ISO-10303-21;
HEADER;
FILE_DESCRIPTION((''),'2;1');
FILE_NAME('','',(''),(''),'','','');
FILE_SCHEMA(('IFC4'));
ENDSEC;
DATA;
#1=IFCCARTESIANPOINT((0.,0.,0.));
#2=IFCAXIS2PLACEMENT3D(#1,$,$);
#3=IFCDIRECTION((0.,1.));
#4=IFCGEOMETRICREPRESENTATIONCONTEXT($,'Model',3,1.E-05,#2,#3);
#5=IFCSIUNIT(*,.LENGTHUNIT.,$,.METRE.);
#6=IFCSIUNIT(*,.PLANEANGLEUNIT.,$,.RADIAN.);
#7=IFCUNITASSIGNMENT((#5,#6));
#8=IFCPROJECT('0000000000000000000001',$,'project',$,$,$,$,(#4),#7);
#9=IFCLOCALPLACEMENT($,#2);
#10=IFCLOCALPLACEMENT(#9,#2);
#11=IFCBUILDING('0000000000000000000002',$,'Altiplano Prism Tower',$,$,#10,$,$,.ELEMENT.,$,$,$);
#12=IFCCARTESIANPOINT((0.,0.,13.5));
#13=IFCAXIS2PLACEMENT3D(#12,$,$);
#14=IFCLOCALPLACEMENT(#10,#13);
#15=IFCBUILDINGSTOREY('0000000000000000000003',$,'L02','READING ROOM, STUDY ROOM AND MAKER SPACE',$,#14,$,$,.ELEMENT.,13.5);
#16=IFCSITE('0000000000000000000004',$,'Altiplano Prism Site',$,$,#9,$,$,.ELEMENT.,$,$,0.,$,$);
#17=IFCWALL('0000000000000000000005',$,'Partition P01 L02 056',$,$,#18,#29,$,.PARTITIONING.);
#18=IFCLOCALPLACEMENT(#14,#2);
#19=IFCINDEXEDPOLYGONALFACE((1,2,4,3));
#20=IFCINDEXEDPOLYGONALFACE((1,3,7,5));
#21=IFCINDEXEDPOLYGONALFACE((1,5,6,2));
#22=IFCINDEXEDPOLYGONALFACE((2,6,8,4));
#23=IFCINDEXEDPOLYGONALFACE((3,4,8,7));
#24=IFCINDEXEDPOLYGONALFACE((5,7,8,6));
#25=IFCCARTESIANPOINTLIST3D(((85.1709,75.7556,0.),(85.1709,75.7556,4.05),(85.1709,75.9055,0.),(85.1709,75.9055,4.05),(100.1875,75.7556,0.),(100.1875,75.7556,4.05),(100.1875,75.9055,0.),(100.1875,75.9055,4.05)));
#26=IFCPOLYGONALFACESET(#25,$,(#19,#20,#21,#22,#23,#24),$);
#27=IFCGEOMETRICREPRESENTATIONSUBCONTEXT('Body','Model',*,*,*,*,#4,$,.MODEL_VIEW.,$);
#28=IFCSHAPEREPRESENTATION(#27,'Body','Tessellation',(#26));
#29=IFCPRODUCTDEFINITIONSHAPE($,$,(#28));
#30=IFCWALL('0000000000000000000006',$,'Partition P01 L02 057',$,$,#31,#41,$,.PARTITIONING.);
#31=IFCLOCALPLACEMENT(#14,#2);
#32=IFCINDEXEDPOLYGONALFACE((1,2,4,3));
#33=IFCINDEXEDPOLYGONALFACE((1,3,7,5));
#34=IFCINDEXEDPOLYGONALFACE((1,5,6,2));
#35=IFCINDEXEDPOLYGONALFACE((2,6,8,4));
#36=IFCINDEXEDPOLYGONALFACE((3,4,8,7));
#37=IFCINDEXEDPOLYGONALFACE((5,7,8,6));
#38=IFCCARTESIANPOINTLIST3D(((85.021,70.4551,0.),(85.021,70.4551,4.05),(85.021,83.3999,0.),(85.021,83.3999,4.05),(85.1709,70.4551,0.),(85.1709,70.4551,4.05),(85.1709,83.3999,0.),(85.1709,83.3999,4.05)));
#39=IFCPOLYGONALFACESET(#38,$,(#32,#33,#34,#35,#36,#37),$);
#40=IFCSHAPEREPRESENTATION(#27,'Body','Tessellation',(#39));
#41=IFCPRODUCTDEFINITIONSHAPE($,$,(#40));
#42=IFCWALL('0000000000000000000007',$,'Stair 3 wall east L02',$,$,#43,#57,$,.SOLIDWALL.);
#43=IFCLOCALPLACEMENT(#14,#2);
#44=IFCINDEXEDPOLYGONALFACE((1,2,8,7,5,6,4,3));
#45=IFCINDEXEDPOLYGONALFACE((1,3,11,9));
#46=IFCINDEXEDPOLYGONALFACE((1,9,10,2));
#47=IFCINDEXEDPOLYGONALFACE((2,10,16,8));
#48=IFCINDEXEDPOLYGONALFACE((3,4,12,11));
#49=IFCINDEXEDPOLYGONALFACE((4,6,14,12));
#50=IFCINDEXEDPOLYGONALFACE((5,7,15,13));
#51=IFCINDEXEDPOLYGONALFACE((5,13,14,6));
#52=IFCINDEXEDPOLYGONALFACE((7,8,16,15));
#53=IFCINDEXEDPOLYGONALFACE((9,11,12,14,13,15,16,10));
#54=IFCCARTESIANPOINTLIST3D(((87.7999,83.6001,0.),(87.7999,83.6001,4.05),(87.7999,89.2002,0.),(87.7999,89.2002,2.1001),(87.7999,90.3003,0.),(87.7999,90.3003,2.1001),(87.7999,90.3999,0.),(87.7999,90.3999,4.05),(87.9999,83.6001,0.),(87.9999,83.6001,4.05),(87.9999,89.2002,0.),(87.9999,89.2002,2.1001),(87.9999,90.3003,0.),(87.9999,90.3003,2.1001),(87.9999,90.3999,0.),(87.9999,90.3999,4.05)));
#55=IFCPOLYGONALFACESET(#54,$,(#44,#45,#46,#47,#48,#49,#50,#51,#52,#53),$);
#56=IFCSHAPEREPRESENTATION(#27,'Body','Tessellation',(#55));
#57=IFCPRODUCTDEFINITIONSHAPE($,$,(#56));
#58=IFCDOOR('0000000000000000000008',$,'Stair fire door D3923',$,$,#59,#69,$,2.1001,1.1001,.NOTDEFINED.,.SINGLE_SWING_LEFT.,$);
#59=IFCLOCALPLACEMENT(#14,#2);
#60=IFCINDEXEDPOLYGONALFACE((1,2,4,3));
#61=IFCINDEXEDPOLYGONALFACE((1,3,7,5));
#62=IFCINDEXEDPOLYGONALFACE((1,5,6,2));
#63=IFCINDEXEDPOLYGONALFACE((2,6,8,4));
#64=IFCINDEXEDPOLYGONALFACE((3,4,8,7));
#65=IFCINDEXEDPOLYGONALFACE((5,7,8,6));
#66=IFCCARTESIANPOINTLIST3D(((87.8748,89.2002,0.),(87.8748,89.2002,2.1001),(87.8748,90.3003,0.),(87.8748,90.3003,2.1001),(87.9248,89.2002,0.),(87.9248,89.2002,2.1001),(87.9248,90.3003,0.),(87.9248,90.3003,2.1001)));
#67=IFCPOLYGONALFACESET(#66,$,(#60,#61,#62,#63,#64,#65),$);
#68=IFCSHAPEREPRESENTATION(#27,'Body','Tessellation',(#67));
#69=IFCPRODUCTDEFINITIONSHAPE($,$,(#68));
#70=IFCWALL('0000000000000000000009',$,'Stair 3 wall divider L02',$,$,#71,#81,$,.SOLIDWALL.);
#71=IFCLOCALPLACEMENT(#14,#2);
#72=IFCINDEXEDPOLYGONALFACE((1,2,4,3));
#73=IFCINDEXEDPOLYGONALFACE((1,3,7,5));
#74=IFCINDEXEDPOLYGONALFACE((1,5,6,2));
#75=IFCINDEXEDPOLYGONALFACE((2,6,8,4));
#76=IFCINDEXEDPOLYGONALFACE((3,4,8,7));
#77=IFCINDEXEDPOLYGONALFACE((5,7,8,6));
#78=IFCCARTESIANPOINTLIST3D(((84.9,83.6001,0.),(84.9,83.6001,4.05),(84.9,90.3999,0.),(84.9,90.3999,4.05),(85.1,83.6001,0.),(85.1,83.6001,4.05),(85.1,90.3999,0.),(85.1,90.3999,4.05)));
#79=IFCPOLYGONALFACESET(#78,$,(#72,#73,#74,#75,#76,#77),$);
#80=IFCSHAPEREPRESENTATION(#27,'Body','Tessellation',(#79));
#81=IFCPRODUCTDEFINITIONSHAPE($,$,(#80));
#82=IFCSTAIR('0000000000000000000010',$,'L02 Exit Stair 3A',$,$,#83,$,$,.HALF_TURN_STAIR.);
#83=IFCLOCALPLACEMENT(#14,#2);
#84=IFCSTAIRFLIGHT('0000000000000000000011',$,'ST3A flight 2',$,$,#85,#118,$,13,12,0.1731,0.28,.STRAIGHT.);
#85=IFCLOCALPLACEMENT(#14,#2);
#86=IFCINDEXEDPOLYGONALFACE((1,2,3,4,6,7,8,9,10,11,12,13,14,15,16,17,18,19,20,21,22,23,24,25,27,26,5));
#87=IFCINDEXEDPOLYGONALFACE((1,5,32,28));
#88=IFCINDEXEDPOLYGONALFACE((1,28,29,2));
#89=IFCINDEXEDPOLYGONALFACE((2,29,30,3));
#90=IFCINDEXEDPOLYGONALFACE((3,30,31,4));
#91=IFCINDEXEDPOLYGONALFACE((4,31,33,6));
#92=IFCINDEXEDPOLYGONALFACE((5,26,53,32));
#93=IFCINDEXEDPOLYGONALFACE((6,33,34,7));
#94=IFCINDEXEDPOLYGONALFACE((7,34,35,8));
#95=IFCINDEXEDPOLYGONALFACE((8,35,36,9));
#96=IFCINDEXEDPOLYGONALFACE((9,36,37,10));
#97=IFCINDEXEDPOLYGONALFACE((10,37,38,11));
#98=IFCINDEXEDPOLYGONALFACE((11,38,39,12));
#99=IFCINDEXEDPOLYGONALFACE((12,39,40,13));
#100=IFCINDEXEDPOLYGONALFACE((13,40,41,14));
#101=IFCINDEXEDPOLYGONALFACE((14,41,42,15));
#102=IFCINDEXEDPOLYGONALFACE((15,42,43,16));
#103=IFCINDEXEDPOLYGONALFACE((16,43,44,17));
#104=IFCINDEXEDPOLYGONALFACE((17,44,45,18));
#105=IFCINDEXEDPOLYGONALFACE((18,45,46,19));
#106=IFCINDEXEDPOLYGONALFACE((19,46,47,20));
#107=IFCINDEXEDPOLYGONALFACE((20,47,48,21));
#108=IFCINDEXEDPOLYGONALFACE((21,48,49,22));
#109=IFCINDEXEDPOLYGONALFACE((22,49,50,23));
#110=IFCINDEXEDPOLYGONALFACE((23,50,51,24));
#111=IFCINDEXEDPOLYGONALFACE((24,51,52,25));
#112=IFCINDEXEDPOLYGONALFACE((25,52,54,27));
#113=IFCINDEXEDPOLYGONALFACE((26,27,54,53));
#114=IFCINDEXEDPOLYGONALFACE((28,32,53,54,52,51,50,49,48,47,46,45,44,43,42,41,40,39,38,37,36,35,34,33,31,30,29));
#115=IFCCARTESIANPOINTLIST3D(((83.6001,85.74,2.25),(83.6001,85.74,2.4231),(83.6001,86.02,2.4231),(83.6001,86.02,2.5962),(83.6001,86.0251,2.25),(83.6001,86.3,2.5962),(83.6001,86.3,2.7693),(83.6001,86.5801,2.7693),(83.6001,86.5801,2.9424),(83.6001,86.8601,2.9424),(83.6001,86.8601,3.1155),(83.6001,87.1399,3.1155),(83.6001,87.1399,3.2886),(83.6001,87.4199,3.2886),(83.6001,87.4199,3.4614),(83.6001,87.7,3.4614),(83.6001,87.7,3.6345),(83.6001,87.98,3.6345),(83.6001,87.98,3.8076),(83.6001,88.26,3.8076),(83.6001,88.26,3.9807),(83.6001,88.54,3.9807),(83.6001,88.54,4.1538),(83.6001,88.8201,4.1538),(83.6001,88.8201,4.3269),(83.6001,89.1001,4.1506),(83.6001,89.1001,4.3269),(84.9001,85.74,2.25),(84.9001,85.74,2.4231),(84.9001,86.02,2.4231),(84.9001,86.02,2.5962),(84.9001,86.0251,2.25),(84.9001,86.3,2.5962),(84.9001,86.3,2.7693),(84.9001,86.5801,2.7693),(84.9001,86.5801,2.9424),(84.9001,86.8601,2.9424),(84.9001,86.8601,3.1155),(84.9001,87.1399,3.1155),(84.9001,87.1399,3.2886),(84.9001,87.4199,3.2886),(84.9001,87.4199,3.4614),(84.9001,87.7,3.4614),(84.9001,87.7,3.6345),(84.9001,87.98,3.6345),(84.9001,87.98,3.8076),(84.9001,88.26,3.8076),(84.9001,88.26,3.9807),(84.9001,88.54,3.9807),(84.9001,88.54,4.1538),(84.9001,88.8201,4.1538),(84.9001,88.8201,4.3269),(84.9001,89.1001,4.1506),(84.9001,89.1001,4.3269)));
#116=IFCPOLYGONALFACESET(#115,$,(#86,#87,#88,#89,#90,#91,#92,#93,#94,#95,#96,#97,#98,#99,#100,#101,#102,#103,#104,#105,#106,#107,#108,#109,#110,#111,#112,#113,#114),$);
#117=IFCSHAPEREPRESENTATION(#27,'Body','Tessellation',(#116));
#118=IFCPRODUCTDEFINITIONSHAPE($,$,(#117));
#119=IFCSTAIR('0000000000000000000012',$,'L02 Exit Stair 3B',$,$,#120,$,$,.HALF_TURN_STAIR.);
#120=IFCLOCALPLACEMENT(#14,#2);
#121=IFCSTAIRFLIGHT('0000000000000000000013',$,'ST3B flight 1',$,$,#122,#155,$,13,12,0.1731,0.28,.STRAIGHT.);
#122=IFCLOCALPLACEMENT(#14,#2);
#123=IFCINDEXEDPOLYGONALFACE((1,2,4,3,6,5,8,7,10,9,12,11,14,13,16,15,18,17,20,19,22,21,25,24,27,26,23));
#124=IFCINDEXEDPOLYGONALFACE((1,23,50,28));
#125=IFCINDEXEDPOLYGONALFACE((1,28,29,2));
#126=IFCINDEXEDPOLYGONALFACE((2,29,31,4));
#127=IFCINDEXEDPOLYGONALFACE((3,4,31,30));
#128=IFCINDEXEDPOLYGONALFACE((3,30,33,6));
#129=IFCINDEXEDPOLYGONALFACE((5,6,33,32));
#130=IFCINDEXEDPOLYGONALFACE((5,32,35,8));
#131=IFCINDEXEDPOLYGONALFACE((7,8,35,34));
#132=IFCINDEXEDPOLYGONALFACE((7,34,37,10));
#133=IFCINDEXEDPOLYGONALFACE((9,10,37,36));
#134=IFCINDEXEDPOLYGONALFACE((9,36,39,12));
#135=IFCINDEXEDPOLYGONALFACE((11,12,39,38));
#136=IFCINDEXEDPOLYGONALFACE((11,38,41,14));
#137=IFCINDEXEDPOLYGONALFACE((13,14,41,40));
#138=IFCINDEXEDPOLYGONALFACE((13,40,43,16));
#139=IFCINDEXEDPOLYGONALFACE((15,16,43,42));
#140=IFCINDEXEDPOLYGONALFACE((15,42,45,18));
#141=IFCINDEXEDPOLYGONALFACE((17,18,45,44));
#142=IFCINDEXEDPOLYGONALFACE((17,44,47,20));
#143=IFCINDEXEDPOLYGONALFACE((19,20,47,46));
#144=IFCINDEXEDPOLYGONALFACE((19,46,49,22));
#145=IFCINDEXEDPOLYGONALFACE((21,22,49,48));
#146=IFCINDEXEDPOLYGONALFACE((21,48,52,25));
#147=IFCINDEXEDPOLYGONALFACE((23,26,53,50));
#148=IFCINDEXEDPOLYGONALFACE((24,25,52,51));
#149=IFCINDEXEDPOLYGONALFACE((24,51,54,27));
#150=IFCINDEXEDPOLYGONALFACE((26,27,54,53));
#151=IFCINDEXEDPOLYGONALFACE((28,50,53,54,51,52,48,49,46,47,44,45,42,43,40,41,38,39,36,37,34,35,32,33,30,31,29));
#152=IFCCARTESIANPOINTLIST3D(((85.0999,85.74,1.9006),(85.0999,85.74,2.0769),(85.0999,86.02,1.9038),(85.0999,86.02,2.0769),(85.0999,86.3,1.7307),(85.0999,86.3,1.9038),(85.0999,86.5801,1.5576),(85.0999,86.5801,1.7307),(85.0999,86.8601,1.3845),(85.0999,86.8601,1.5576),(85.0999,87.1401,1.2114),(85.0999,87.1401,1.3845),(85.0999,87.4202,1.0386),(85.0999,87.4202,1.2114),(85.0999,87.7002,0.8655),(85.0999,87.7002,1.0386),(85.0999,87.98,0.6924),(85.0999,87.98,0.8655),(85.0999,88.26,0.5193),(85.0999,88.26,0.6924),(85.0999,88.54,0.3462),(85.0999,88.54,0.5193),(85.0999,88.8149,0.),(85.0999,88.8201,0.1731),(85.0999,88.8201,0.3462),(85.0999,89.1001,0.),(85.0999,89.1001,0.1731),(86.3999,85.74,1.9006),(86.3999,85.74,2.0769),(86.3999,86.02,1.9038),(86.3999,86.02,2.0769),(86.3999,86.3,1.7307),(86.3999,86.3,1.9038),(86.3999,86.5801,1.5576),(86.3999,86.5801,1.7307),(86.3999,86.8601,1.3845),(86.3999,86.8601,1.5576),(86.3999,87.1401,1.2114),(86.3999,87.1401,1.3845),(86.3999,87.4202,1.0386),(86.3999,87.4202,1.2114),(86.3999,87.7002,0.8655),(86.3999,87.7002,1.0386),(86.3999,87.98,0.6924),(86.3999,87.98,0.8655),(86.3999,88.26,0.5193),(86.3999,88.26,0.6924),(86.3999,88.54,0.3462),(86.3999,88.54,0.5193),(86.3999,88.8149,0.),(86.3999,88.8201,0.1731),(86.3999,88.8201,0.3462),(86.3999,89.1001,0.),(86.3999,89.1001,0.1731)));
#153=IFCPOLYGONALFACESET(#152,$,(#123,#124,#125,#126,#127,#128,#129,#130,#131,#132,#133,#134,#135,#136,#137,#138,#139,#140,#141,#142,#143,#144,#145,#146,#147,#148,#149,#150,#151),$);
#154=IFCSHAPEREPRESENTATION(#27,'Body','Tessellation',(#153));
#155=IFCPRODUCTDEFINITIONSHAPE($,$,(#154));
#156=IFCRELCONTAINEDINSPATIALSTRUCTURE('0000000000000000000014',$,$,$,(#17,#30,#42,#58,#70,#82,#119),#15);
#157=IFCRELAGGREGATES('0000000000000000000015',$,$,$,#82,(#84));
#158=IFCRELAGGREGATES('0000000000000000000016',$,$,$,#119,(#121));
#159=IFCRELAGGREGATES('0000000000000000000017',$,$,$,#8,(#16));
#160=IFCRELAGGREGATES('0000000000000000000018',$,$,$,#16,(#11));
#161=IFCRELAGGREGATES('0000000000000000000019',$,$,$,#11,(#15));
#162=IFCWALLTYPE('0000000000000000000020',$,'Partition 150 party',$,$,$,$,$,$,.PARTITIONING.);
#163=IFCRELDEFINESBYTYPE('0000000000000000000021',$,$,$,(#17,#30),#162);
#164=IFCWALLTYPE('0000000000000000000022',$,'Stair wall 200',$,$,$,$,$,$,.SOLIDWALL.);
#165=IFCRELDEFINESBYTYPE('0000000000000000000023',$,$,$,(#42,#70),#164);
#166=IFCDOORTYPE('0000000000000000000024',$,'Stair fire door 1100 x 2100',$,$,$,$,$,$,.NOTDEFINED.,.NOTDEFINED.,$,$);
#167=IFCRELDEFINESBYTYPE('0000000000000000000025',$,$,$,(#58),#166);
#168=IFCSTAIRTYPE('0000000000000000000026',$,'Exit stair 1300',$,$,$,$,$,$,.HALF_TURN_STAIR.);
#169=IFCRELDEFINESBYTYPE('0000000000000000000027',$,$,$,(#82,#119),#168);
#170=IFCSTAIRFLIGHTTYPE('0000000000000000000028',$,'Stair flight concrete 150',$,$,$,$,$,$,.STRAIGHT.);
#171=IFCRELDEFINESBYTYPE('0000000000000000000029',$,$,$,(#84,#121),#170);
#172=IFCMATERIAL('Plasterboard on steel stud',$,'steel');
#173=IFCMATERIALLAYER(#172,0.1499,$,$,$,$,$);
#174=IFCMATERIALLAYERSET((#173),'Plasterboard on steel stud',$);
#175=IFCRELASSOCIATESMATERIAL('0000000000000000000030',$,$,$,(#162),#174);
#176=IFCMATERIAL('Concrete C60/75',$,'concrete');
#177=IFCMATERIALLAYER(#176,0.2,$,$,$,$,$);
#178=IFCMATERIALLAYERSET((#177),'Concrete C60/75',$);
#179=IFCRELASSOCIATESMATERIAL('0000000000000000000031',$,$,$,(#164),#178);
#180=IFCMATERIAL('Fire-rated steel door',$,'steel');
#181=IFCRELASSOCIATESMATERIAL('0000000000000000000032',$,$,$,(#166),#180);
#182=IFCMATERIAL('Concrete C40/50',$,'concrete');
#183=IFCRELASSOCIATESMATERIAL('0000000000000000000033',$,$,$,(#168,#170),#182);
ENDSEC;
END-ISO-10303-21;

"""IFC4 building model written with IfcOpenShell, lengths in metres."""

from ifc_helpers import new_model, si_unit, direction, frame, frame_2d, origin, place, context, subcontext, project, spatial, polyline, rectangle, outline, extrude, material, layer, layer_set, type_object, element, fill, aggregate, save


model = new_model("IFC4")

# Units and contexts
model_context = context("Model", 3, precision=1e-05, world=origin(), true_north=direction((0.0, 1.0)))
body_context = subcontext(model_context, "Body", "Model", "MODEL_VIEW")
ifc_project = project(units=[si_unit("LENGTHUNIT", "METRE"), si_unit("PLANEANGLEUNIT", "RADIAN")], contexts=[model_context])

# Site, building, storey
site_placement = place(None, origin())
site = spatial("IfcSite", under=ifc_project, at=site_placement, Name="Altiplano Prism Site", CompositionType="ELEMENT", RefElevation=0.0)
building_placement = place(site_placement, origin())
building = spatial("IfcBuilding", under=site, at=building_placement, Name="Altiplano Prism Tower", CompositionType="ELEMENT")
storey_placement = place(building_placement, frame((0.0, 0.0, 13.5)))
storey = spatial("IfcBuildingStorey", under=building, at=storey_placement, Name="L02", Description="READING ROOM, STUDY ROOM AND MAKER SPACE", CompositionType="ELEMENT", Elevation=13.5)

# Shared definitions
ifc_material_1 = material(Name="Concrete C60/75", Category="concrete")

# Walls
ifc_material_2 = material(Name="Plasterboard on steel stud", Category="steel")
ifc_layer_1 = layer(ifc_material_2, 0.1499)
ifc_layer_set_1 = layer_set([ifc_layer_1], Name="Plasterboard on steel stud")
wall_type_1 = type_object("IfcWallType", Name="Partition 150 party", PredefinedType="PARTITIONING", material=ifc_layer_set_1)
wall_1_placement = place(storey_placement, frame((85.1709, 75.8306, 0.0), z_axis=(0.0, 0.0, 1.0), x_axis=(1.0, 0.0, 0.0)))
element("IfcWall", 1, at=wall_1_placement, inside=storey, type_object=wall_type_1, Name="Partition P01 L02 056", PredefinedType="PARTITIONING", context=body_context, shape_type="SweptSolid", body=[
    extrude(rectangle(XDim=15.0166, YDim=0.1499, at=frame_2d((7.5083, 0.0))), origin(), (0.0, 0.0, 1.0), 4.05),
])
wall_2_placement = place(storey_placement, frame((85.0959, 83.3999, 0.0), z_axis=(0.0, 0.0, 1.0), x_axis=(0.0, -1.0, 0.0)))
element("IfcWall", 2, at=wall_2_placement, inside=storey, type_object=wall_type_1, Name="Partition P01 L02 057", PredefinedType="PARTITIONING", context=body_context, shape_type="SweptSolid", body=[
    extrude(rectangle(XDim=12.9448, YDim=0.1499, at=frame_2d((6.4724, 0.0))), origin(), (0.0, 0.0, 1.0), 4.05),
])

# Wall, opening, door
ifc_layer_2 = layer(ifc_material_1, 0.2)
ifc_layer_set_2 = layer_set([ifc_layer_2], Name="Concrete C60/75")
wall_type_2 = type_object("IfcWallType", Name="Stair wall 200", PredefinedType="SOLIDWALL", material=ifc_layer_set_2)
wall_3_placement = place(storey_placement, frame((87.8999, 83.6001, 0.0), z_axis=(0.0, 0.0, 1.0), x_axis=(0.0, 1.0, 0.0)))
wall_3 = element("IfcWall", 3, at=wall_3_placement, inside=storey, type_object=wall_type_2, Name="Stair 3 wall east L02", PredefinedType="SOLIDWALL", context=body_context, shape_type="SweptSolid", body=[
    extrude(rectangle(XDim=6.7998, YDim=0.2, at=frame_2d((3.3999, 0.0))), origin(), (0.0, 0.0, 1.0), 4.05),
])
opening_placement = place(wall_3_placement, frame((5.6001, 0.0, 0.0)))
opening = element("IfcOpeningElement", 4, at=opening_placement, cuts=wall_3, PredefinedType="OPENING", context=body_context, shape_type="SweptSolid", body=[
    extrude(rectangle(XDim=1.1001, YDim=2.1001, at=frame_2d((0.55, 1.05))), frame((0.0, 0.1104, 0.0), z_axis=(0.0, -1.0, 0.0), x_axis=(1.0, 0.0, 0.0)), (0.0, 0.0, 1.0), 0.2209),
])
ifc_material_3 = material(Name="Fire-rated steel door", Category="steel")
door_type = type_object("IfcDoorType", Name="Stair fire door 1100 x 2100", OperationType="NOTDEFINED", PredefinedType="NOTDEFINED", material=ifc_material_3)
door_placement = place(opening_placement, frame((1.1001, 0.0, 0.0), z_axis=(0.0, 0.0, 1.0), x_axis=(-1.0, 0.0, 0.0)))
door = element("IfcDoor", 5, at=door_placement, inside=storey, type_object=door_type, Name="Stair fire door D3923", OperationType="SINGLE_SWING_LEFT", OverallHeight=2.1001, OverallWidth=1.1001, PredefinedType="NOTDEFINED", context=body_context, shape_type="SweptSolid", body=[
    extrude(rectangle(XDim=1.1001, YDim=2.1001, at=frame_2d((0.55, 1.05))), frame((0.0, 0.0249, 0.0), z_axis=(0.0, -1.0, 0.0), x_axis=(1.0, 0.0, 0.0)), (0.0, 0.0, 1.0), 0.05),
])
fill(opening, door)

# Wall
wall_4_placement = place(storey_placement, frame((85.0, 83.6001, 0.0), z_axis=(0.0, 0.0, 1.0), x_axis=(0.0, 1.0, 0.0)))
element("IfcWall", 6, at=wall_4_placement, inside=storey, type_object=wall_type_2, Name="Stair 3 wall divider L02", PredefinedType="SOLIDWALL", context=body_context, shape_type="SweptSolid", body=[
    extrude(rectangle(XDim=6.7998, YDim=0.2, at=frame_2d((3.3999, 0.0))), origin(), (0.0, 0.0, 1.0), 4.05),
])

# Stair, stair flight
ifc_material_4 = material(Name="Concrete C40/50", Category="concrete")
stair_type = type_object("IfcStairType", Name="Exit stair 1300", PredefinedType="HALF_TURN_STAIR", material=ifc_material_4)
stair_1_placement = place(storey_placement, origin())
stair_1 = element("IfcStair", 7, at=stair_1_placement, inside=storey, type_object=stair_type, Name="L02 Exit Stair 3A", PredefinedType="HALF_TURN_STAIR")
stair_flight_type = type_object("IfcStairFlightType", Name="Stair flight concrete 150", PredefinedType="STRAIGHT", material=ifc_material_4)
stair_flight_1_placement = place(storey_placement, frame((84.25, 85.74, 2.25), z_axis=(0.0, 0.0, 1.0), x_axis=(0.0, 1.0, 0.0)))
stair_flight_1 = element("IfcStairFlight", 8, at=stair_flight_1_placement, type_object=stair_flight_type, Name="ST3A flight 2", NumberOfRisers=13, NumberOfTreads=12, PredefinedType="STRAIGHT", RiserHeight=0.1731, TreadLength=0.28, context=body_context, shape_type="SweptSolid", body=[
    extrude(outline(polyline([(0.0, 0.0), (0.0, 0.1731), (0.28, 0.1731), (0.28, 0.3462), (0.5601, 0.3462), (0.5601, 0.5193), (0.8401, 0.5193), (0.8401, 0.6924), (1.1201, 0.6924), (1.1201, 0.8655), (1.3999, 0.8655), (1.3999, 1.0386), (1.6799, 1.0386), (1.6799, 1.2114), (1.96, 1.2114), (1.96, 1.3845), (2.24, 1.3845), (2.24, 1.5576), (2.52, 1.5576), (2.52, 1.7307), (2.8, 1.7307), (2.8, 1.9038), (3.0801, 1.9038), (3.0801, 2.0769), (3.3601, 2.0769), (3.3601, 2.25), (3.3601, 1.9006), (0.2852, 0.0), (0.0, 0.0)])), frame((0.0, 0.6499, 0.0), z_axis=(0.0, -1.0, 0.0), x_axis=(1.0, 0.0, 0.0)), (0.0, 0.0, 1.0), 1.3),
])
aggregate(stair_1, [stair_flight_1])

# Stair, stair flight
stair_2_placement = place(storey_placement, origin())
stair_2 = element("IfcStair", 9, at=stair_2_placement, inside=storey, type_object=stair_type, Name="L02 Exit Stair 3B", PredefinedType="HALF_TURN_STAIR")
stair_flight_2_placement = place(storey_placement, frame((85.75, 89.1001, 0.0), z_axis=(0.0, 0.0, 1.0), x_axis=(0.0, -1.0, 0.0)))
stair_flight_2 = element("IfcStairFlight", 10, at=stair_flight_2_placement, type_object=stair_flight_type, Name="ST3B flight 1", NumberOfRisers=13, NumberOfTreads=12, PredefinedType="STRAIGHT", RiserHeight=0.1731, TreadLength=0.28, context=body_context, shape_type="SweptSolid", body=[
    extrude(outline(polyline([(0.0, 0.0), (0.0, 0.1731), (0.28, 0.1731), (0.28, 0.3462), (0.5601, 0.3462), (0.5601, 0.5193), (0.8401, 0.5193), (0.8401, 0.6924), (1.1201, 0.6924), (1.1201, 0.8655), (1.3999, 0.8655), (1.3999, 1.0386), (1.6799, 1.0386), (1.6799, 1.2114), (1.96, 1.2114), (1.96, 1.3845), (2.24, 1.3845), (2.24, 1.5576), (2.52, 1.5576), (2.52, 1.7307), (2.8, 1.7307), (2.8, 1.9038), (3.0801, 1.9038), (3.0801, 2.0769), (3.3601, 2.0769), (3.3601, 2.25), (3.3601, 1.9006), (0.2852, 0.0), (0.0, 0.0)])), frame((0.0, 0.6499, 0.0), z_axis=(0.0, -1.0, 0.0), x_axis=(1.0, 0.0, 0.0)), (0.0, 0.0, 1.0), 1.3),
])
aggregate(stair_2, [stair_flight_2])

save(model, "model.ifc")
